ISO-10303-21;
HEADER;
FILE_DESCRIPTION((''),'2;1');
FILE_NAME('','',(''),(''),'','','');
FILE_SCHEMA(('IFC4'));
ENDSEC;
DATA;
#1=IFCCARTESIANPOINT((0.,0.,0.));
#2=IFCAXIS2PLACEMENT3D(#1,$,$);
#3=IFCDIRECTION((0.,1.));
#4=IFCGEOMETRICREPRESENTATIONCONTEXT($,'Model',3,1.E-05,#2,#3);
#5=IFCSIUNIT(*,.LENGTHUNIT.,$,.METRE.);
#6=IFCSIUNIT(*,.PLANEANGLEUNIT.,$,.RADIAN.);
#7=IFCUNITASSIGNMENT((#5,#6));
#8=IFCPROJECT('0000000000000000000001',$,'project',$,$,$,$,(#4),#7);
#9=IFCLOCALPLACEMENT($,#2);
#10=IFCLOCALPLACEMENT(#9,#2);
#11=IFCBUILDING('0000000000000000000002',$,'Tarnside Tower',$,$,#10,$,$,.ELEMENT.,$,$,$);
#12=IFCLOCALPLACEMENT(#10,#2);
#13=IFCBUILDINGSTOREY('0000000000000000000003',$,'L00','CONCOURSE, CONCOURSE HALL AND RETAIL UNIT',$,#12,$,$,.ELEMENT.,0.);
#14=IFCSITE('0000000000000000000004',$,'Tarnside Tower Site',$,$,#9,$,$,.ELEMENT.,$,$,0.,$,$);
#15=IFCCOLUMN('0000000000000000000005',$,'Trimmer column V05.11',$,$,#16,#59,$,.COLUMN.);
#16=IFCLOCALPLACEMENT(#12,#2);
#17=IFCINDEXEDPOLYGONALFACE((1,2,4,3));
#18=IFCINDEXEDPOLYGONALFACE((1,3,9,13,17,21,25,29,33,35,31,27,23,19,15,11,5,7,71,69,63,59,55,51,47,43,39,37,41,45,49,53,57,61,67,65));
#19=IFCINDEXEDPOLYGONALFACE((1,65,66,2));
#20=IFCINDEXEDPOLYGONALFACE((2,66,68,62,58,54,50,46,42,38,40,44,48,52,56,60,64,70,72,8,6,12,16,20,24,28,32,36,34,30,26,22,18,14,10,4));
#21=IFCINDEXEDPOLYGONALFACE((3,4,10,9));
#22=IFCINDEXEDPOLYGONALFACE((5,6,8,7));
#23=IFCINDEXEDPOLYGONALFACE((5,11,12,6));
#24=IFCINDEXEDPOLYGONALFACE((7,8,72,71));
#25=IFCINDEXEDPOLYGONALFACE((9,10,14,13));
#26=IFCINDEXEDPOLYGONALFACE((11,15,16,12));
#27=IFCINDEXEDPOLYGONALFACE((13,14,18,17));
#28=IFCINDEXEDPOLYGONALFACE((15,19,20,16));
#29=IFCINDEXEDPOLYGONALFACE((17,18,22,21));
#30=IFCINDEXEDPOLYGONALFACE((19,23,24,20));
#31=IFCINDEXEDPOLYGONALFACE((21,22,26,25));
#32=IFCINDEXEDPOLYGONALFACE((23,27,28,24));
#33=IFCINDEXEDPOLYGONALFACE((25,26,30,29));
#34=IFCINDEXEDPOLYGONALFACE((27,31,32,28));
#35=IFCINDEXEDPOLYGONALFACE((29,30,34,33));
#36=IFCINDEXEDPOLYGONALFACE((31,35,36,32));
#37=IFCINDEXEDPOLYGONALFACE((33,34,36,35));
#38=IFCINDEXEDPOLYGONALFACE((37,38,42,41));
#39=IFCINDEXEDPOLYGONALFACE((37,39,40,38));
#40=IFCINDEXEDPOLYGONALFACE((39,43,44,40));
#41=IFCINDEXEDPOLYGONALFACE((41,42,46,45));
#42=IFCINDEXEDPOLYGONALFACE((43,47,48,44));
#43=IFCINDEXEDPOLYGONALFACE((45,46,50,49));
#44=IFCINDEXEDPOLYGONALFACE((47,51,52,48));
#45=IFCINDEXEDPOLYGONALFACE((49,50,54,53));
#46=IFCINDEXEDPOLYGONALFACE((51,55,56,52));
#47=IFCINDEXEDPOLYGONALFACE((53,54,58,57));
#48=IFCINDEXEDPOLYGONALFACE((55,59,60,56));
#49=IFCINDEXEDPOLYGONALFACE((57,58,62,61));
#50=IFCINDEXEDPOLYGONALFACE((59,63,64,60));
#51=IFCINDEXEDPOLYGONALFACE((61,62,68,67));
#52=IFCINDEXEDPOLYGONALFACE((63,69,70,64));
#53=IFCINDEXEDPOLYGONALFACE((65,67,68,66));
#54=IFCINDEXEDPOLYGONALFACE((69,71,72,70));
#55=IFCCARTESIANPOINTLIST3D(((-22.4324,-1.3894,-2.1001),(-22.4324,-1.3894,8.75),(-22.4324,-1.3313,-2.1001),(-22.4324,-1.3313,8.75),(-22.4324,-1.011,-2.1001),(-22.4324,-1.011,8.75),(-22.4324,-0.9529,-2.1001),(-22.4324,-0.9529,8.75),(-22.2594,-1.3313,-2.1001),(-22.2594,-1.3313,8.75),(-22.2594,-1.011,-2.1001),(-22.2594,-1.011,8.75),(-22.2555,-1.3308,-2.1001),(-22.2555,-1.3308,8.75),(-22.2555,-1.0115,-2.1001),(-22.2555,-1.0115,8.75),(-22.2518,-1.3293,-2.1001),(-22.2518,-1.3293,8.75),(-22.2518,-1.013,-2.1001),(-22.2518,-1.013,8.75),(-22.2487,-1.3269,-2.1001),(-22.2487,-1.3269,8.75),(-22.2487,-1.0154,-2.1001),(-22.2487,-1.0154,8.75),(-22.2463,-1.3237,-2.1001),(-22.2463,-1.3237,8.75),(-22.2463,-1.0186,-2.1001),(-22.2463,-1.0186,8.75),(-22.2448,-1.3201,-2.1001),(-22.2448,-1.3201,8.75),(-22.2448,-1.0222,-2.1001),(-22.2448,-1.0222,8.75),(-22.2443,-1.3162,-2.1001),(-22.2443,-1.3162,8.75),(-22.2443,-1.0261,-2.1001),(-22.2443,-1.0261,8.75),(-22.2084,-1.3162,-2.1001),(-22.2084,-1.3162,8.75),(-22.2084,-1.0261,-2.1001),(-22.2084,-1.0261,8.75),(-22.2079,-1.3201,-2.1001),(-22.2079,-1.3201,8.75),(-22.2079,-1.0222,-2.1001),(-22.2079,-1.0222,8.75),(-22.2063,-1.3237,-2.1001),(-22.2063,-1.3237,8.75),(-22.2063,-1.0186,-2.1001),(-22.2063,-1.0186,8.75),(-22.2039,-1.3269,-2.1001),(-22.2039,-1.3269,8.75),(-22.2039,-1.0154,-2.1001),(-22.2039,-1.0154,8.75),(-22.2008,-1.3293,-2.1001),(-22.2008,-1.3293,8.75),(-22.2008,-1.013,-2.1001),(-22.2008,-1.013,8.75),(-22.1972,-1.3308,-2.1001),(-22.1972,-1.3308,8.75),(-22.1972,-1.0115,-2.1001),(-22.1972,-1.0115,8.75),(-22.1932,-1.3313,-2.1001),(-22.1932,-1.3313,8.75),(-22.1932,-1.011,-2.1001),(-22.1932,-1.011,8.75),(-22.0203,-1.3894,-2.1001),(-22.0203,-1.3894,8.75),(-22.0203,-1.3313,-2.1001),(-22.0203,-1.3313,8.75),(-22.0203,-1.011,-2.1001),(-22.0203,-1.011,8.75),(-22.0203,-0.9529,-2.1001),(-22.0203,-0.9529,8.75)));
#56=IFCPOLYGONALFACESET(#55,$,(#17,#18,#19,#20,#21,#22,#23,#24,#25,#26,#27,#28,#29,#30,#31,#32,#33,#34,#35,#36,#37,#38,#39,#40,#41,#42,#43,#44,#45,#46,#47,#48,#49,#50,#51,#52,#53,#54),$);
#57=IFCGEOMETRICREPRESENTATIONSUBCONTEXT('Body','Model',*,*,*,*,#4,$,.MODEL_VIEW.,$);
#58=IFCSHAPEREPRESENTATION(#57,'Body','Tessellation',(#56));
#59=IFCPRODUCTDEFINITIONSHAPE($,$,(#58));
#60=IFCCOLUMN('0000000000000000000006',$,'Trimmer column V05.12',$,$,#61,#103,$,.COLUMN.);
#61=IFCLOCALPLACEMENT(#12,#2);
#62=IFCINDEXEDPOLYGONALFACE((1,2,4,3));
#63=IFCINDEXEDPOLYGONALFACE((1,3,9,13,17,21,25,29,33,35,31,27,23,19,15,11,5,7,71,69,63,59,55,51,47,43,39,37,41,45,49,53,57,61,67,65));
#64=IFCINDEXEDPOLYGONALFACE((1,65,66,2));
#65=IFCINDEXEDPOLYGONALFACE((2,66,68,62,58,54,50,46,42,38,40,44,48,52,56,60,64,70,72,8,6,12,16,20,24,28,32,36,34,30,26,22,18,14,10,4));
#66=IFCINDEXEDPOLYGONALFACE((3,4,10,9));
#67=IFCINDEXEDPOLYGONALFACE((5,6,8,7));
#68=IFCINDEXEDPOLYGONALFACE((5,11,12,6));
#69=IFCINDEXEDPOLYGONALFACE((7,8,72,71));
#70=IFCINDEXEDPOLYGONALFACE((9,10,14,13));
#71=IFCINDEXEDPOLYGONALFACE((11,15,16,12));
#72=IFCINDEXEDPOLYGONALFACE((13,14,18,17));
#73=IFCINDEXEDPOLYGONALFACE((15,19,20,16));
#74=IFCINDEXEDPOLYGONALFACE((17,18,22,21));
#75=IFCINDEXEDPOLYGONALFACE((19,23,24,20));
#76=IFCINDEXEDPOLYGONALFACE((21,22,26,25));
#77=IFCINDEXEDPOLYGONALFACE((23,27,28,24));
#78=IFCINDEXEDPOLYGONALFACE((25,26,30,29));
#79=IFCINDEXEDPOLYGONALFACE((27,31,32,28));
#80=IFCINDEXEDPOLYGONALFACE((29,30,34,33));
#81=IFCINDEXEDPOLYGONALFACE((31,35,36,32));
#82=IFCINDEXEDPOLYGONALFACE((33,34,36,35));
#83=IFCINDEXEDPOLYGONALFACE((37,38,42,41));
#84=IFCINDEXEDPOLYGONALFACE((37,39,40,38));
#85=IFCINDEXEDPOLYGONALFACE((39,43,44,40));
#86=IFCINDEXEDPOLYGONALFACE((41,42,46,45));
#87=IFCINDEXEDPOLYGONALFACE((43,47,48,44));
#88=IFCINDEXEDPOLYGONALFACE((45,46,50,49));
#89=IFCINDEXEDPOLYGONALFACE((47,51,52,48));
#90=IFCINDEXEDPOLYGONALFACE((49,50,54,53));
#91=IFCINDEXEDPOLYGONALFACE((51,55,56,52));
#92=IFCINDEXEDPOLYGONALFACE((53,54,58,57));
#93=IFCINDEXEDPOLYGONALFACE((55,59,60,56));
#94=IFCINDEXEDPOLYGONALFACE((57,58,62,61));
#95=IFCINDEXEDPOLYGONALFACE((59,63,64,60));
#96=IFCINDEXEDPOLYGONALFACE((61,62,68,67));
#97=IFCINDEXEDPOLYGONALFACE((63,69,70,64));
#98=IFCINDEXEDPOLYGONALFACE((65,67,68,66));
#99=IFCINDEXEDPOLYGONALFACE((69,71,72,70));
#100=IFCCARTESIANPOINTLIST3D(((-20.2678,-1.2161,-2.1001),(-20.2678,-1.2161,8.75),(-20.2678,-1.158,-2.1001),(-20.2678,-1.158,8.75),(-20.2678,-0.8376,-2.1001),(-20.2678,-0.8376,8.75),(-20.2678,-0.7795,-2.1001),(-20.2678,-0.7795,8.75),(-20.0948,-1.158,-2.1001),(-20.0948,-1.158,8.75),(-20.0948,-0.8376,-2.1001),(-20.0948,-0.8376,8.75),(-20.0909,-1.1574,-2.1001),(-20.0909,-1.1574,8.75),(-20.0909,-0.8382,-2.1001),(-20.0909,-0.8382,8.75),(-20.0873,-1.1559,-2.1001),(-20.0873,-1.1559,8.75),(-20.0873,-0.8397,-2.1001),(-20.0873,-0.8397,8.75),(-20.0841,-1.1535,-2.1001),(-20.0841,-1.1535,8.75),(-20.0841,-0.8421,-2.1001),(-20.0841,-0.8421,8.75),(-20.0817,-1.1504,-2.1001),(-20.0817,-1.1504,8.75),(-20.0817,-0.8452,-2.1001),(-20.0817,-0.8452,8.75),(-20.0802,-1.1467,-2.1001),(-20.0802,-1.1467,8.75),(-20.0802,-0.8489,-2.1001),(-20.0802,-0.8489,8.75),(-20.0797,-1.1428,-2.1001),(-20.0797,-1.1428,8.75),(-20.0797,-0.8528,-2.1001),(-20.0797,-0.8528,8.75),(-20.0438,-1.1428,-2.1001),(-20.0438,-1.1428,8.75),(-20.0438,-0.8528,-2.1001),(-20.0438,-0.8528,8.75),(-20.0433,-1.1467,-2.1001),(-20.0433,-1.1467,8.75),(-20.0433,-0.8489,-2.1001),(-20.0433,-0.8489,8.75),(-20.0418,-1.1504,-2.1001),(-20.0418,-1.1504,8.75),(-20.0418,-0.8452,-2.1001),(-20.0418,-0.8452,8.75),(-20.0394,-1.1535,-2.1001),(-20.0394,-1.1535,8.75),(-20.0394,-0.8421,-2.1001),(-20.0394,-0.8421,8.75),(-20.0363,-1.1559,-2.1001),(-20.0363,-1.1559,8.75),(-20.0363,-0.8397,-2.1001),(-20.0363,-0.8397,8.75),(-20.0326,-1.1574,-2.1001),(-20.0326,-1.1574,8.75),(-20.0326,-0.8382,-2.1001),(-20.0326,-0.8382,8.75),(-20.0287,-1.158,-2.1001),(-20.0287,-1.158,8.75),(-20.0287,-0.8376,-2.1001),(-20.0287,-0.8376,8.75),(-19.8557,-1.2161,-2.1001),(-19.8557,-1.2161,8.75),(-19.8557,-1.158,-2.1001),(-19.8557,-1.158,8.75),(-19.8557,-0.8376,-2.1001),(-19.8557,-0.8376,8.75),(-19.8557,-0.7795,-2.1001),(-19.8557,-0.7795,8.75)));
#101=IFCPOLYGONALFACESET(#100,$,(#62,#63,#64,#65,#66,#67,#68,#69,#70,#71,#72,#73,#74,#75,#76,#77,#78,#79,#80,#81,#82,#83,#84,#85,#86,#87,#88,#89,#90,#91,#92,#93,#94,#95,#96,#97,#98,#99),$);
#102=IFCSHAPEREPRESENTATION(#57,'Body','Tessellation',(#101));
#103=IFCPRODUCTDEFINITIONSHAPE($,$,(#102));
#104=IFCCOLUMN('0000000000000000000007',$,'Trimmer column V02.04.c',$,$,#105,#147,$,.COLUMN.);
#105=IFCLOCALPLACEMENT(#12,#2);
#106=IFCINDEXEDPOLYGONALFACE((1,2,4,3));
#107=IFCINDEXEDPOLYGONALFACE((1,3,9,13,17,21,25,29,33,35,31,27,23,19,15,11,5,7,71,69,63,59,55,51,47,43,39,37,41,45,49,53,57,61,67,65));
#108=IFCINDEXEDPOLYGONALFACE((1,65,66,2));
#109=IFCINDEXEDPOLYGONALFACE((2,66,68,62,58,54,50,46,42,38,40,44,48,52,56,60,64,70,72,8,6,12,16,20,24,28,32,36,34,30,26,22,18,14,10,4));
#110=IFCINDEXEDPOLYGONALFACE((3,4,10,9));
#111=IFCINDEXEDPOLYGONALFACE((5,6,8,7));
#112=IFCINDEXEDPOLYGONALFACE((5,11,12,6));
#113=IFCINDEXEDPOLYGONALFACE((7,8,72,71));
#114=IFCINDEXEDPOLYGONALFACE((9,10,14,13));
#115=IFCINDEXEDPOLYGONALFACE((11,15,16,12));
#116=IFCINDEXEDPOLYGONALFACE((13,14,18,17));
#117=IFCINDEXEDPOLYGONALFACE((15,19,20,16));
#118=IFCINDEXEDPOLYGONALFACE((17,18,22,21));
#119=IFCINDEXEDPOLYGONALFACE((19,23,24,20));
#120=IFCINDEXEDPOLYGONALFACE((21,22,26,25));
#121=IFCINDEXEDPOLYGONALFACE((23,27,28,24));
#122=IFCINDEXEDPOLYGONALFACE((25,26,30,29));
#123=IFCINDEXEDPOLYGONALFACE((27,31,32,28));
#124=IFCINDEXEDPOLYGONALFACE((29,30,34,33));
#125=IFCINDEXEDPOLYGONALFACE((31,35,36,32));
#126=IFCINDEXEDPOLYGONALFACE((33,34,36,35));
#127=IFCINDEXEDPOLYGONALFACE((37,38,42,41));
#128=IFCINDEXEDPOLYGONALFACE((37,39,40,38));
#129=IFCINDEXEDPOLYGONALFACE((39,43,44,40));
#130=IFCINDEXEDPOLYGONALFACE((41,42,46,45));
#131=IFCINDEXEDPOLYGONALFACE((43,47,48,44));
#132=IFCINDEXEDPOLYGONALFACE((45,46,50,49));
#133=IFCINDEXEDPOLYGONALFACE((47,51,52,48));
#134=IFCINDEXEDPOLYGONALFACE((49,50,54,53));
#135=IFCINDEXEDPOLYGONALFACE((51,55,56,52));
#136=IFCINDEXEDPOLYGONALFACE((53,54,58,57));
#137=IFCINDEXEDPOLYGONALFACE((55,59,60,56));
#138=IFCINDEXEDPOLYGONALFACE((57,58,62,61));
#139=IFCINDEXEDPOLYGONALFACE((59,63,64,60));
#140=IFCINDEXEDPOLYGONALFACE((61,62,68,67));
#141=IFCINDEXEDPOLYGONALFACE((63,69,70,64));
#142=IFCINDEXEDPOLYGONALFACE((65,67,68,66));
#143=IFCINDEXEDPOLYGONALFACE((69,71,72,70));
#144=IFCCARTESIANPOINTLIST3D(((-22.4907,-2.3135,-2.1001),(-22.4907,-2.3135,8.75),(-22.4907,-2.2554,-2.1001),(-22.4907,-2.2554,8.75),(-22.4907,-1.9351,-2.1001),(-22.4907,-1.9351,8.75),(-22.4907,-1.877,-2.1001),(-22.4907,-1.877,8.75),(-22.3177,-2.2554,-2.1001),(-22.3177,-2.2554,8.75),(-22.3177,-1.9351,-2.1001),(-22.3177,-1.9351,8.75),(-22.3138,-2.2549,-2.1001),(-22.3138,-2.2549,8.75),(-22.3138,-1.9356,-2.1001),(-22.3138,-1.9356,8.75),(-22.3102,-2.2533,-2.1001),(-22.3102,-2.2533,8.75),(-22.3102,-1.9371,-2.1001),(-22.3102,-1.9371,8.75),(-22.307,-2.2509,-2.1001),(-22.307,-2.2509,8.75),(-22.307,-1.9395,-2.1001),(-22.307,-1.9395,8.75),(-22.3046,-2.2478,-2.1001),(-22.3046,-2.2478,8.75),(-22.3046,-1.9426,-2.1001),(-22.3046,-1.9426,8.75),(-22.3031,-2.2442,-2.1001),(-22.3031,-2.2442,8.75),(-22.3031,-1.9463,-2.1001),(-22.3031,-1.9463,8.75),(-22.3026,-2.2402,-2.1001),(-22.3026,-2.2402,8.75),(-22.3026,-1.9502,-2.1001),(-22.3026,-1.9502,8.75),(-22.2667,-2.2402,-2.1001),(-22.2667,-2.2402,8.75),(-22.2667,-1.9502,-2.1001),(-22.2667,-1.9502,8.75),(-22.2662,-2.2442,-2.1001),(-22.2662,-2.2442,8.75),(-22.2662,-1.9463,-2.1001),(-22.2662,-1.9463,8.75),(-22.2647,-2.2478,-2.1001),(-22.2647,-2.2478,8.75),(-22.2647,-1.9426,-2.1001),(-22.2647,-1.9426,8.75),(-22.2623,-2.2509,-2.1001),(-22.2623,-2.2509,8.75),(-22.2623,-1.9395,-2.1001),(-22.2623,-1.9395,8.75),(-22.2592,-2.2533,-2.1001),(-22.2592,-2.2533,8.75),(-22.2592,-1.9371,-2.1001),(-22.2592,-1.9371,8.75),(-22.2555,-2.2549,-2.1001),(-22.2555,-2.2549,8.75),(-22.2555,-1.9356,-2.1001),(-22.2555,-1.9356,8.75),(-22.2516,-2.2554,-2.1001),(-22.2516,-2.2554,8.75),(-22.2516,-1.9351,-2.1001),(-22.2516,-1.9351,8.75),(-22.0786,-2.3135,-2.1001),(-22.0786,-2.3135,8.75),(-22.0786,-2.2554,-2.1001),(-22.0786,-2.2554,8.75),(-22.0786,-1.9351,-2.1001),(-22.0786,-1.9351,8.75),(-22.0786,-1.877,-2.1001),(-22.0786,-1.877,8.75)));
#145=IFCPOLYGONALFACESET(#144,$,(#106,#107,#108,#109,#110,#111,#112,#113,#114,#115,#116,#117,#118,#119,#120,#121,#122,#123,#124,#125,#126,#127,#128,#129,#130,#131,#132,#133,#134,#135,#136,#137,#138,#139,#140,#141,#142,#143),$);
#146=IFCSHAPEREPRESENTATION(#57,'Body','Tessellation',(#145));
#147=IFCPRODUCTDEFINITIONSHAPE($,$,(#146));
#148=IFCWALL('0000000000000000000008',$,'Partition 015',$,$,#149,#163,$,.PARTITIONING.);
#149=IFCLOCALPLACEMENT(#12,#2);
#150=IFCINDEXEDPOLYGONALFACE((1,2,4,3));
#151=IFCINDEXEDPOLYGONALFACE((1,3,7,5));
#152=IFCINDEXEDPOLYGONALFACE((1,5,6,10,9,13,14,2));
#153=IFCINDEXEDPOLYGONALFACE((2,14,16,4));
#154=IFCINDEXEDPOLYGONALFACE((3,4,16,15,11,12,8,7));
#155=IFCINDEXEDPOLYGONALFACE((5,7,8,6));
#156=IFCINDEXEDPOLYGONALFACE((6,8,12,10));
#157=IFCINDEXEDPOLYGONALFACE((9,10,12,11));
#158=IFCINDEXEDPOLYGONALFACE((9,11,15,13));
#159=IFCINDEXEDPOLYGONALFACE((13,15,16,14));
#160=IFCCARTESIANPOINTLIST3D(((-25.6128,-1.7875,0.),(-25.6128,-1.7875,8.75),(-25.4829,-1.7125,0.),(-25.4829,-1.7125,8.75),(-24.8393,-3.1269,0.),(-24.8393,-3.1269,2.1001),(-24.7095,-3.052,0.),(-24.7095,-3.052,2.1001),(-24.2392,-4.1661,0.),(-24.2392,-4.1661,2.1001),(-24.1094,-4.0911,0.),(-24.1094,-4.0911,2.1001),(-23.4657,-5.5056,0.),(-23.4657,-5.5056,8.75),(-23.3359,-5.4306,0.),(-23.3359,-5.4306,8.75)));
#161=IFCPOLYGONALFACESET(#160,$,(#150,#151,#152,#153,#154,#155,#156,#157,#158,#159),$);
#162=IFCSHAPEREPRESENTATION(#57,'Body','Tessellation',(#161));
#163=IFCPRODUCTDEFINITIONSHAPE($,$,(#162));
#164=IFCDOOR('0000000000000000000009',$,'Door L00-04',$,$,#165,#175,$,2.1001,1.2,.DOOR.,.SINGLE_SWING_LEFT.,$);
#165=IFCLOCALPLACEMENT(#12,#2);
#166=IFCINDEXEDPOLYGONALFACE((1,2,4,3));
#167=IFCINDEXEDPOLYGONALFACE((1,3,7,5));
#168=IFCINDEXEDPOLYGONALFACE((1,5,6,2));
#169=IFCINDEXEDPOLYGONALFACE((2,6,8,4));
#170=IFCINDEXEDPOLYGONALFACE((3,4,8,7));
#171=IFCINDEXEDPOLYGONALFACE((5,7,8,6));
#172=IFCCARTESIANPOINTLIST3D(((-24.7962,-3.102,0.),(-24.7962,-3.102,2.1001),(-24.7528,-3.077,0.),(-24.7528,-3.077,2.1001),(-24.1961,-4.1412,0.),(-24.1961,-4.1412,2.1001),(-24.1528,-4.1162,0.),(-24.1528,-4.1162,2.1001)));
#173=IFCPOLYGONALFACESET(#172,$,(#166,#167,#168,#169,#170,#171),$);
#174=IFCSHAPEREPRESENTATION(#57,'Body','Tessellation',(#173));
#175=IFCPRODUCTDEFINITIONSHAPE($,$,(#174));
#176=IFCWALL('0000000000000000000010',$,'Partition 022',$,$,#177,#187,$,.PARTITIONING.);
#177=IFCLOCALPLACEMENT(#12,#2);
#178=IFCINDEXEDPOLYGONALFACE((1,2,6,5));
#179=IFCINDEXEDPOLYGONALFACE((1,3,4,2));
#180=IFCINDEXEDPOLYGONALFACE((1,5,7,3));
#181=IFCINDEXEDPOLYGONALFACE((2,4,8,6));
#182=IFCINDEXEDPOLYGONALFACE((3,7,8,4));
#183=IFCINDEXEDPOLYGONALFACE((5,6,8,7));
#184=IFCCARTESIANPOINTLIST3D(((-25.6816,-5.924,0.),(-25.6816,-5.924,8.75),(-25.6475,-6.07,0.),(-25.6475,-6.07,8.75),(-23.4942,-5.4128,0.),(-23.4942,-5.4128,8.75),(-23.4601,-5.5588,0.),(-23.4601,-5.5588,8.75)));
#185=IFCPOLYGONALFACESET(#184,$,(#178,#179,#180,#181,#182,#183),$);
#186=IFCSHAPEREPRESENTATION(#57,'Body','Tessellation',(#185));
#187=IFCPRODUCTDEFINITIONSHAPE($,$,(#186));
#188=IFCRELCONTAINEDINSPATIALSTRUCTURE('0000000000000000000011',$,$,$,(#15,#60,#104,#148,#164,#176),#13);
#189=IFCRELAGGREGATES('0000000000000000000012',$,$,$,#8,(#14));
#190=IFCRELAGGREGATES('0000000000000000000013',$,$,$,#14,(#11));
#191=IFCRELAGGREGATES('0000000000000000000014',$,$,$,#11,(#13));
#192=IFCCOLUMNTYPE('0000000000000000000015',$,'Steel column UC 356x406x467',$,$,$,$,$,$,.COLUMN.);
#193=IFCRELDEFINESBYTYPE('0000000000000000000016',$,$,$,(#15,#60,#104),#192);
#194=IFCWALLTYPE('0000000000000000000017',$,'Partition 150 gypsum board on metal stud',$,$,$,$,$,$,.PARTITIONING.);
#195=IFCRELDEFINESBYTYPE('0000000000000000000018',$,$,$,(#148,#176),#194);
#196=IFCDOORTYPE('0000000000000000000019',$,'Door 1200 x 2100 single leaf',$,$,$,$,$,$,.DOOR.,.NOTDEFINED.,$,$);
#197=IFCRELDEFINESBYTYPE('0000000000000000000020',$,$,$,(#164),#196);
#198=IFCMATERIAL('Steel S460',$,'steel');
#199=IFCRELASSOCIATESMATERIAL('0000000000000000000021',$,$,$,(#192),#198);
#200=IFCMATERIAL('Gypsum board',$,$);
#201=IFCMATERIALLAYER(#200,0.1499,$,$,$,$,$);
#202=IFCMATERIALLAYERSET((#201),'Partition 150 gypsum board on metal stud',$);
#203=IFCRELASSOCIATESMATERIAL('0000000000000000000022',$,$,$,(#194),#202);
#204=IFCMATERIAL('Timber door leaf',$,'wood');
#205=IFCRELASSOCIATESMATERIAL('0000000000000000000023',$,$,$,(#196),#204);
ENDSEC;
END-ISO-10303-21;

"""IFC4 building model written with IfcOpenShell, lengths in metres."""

from ifc_helpers import new_model, si_unit, direction, frame, frame_2d, origin, origin_2d, place, context, subcontext, project, spatial, rectangle, i_section, extrude, material, layer, layer_set, material_profile, profile_set, type_object, element, fill, save


model = new_model("IFC4")

# Units and contexts
model_context = context("Model", 3, precision=1e-05, world=origin(), true_north=direction((0.0, 1.0)))
body_context = subcontext(model_context, "Body", "Model", "MODEL_VIEW")
ifc_project = project(units=[si_unit("LENGTHUNIT", "METRE"), si_unit("PLANEANGLEUNIT", "RADIAN")], contexts=[model_context])

# Site, building, storey
site_placement = place(None, origin())
site = spatial("IfcSite", under=ifc_project, at=site_placement, Name="Tarnside Tower Site", CompositionType="ELEMENT", RefElevation=0.0)
building_placement = place(site_placement, origin())
building = spatial("IfcBuilding", under=site, at=building_placement, Name="Tarnside Tower", CompositionType="ELEMENT")
storey_placement = place(building_placement, origin())
storey = spatial("IfcBuildingStorey", under=building, at=storey_placement, Name="L00", Description="CONCOURSE, CONCOURSE HALL AND RETAIL UNIT", CompositionType="ELEMENT", Elevation=0.0)

# Columns
ifc_material_1 = material(Name="Steel S460", Category="steel")
ifc_material_profile_1 = material_profile(ifc_material_1, i_section(OverallWidth=0.4121, OverallDepth=0.4365, WebThickness=0.0359, FlangeThickness=0.0581, FilletRadius=0.0151, at=origin_2d()), Name="UC 356x406x467")
ifc_profile_set_1 = profile_set([ifc_material_profile_1], Name="Steel S460")
column_type = type_object("IfcColumnType", Name="Steel column UC 356x406x467", PredefinedType="COLUMN", material=ifc_profile_set_1)
for number, where, z_axis, x_axis, name in (
    (1, (-22.2263, -1.1711, -2.1001), (0.0, 0.0, 1.0), (1.0, 0.0, 0.0), "Trimmer column V05.11"),
    (2, (-20.0618, -0.9978, -2.1001), (0.0, 0.0, 1.0), (1.0, 0.0, 0.0), "Trimmer column V05.12"),
    (3, (-22.2847, -2.0952, -2.1001), (0.0, 0.0, 1.0), (1.0, 0.0, 0.0), "Trimmer column V02.04.c"),
):
    element("IfcColumn", number, at=place(storey_placement, frame(where, z_axis=z_axis, x_axis=x_axis)), inside=storey, type_object=column_type, Name=name, PredefinedType="COLUMN", context=body_context, shape_type="SweptSolid", body=[
        extrude(i_section(OverallWidth=0.4121, OverallDepth=0.4365, WebThickness=0.0359, FlangeThickness=0.0581, FilletRadius=0.0151, at=origin_2d()), origin(), (0.0, 0.0, 1.0), 10.8501),
    ])

# Wall, opening, door
ifc_material_2 = material(Name="Gypsum board")
ifc_layer_1 = layer(ifc_material_2, 0.1499)
ifc_layer_set_1 = layer_set([ifc_layer_1], Name="Partition 150 gypsum board on metal stud")
wall_type_1 = type_object("IfcWallType", Name="Partition 150 gypsum board on metal stud", PredefinedType="PARTITIONING", material=ifc_layer_set_1)
wall_1_placement = place(storey_placement, frame((-25.5479, -1.75, 0.0), z_axis=(0.0, 0.0, 1.0), x_axis=(0.500065, -0.865988, 0.0)))
wall_1 = element("IfcWall", 4, at=wall_1_placement, inside=storey, type_object=wall_type_1, Name="Partition 015", PredefinedType="PARTITIONING", context=body_context, shape_type="SweptSolid", body=[
    extrude(rectangle(XDim=4.2935, YDim=0.1499, at=frame_2d((2.1467, 0.0))), origin(), (0.0, 0.0, 1.0), 8.75),
])
opening_1_placement = place(wall_1_placement, frame((1.5466, 0.0, 0.0)))
opening_1 = element("IfcOpeningElement", 5, at=opening_1_placement, cuts=wall_1, PredefinedType="OPENING", context=body_context, shape_type="SweptSolid", body=[
    extrude(rectangle(XDim=1.2, YDim=2.1001, at=frame_2d((0.6001, 1.05))), frame((0.0, 0.085, 0.0), z_axis=(0.0, -1.0, 0.0), x_axis=(1.0, 0.0, 0.0)), (0.0, 0.0, 1.0), 0.1699),
])
ifc_material_3 = material(Name="Timber door leaf", Category="wood")
door_type_1 = type_object("IfcDoorType", Name="Door 1200 x 2100 single leaf", OperationType="NOTDEFINED", PredefinedType="DOOR", material=ifc_material_3)
door_1_placement = place(opening_1_placement, origin())
door_1 = element("IfcDoor", 6, at=door_1_placement, inside=storey, type_object=door_type_1, Name="Door L00-04", OperationType="SINGLE_SWING_LEFT", OverallHeight=2.1001, OverallWidth=1.2, PredefinedType="DOOR", context=body_context, shape_type="SweptSolid", body=[
    extrude(rectangle(XDim=1.2, YDim=2.1001, at=frame_2d((0.6001, 1.05))), frame((0.0, 0.0249, 0.0), z_axis=(0.0, -1.0, 0.0), x_axis=(1.0, 0.0, 0.0)), (0.0, 0.0, 1.0), 0.05),
])
fill(opening_1, door_1)

# Wall
wall_2_placement = place(storey_placement, frame((-23.4773, -5.4858, 0.0), z_axis=(0.0, 0.0, 1.0), x_axis=(-0.973761, -0.227573, 0.0)))
element("IfcWall", 7, at=wall_2_placement, inside=storey, type_object=wall_type_1, Name="Partition 022", PredefinedType="PARTITIONING", context=body_context, shape_type="SweptSolid", body=[
    extrude(rectangle(XDim=2.2463, YDim=0.1499, at=frame_2d((1.123, 0.0))), origin(), (0.0, 0.0, 1.0), 8.75),
])

save(model, "model.ifc")
